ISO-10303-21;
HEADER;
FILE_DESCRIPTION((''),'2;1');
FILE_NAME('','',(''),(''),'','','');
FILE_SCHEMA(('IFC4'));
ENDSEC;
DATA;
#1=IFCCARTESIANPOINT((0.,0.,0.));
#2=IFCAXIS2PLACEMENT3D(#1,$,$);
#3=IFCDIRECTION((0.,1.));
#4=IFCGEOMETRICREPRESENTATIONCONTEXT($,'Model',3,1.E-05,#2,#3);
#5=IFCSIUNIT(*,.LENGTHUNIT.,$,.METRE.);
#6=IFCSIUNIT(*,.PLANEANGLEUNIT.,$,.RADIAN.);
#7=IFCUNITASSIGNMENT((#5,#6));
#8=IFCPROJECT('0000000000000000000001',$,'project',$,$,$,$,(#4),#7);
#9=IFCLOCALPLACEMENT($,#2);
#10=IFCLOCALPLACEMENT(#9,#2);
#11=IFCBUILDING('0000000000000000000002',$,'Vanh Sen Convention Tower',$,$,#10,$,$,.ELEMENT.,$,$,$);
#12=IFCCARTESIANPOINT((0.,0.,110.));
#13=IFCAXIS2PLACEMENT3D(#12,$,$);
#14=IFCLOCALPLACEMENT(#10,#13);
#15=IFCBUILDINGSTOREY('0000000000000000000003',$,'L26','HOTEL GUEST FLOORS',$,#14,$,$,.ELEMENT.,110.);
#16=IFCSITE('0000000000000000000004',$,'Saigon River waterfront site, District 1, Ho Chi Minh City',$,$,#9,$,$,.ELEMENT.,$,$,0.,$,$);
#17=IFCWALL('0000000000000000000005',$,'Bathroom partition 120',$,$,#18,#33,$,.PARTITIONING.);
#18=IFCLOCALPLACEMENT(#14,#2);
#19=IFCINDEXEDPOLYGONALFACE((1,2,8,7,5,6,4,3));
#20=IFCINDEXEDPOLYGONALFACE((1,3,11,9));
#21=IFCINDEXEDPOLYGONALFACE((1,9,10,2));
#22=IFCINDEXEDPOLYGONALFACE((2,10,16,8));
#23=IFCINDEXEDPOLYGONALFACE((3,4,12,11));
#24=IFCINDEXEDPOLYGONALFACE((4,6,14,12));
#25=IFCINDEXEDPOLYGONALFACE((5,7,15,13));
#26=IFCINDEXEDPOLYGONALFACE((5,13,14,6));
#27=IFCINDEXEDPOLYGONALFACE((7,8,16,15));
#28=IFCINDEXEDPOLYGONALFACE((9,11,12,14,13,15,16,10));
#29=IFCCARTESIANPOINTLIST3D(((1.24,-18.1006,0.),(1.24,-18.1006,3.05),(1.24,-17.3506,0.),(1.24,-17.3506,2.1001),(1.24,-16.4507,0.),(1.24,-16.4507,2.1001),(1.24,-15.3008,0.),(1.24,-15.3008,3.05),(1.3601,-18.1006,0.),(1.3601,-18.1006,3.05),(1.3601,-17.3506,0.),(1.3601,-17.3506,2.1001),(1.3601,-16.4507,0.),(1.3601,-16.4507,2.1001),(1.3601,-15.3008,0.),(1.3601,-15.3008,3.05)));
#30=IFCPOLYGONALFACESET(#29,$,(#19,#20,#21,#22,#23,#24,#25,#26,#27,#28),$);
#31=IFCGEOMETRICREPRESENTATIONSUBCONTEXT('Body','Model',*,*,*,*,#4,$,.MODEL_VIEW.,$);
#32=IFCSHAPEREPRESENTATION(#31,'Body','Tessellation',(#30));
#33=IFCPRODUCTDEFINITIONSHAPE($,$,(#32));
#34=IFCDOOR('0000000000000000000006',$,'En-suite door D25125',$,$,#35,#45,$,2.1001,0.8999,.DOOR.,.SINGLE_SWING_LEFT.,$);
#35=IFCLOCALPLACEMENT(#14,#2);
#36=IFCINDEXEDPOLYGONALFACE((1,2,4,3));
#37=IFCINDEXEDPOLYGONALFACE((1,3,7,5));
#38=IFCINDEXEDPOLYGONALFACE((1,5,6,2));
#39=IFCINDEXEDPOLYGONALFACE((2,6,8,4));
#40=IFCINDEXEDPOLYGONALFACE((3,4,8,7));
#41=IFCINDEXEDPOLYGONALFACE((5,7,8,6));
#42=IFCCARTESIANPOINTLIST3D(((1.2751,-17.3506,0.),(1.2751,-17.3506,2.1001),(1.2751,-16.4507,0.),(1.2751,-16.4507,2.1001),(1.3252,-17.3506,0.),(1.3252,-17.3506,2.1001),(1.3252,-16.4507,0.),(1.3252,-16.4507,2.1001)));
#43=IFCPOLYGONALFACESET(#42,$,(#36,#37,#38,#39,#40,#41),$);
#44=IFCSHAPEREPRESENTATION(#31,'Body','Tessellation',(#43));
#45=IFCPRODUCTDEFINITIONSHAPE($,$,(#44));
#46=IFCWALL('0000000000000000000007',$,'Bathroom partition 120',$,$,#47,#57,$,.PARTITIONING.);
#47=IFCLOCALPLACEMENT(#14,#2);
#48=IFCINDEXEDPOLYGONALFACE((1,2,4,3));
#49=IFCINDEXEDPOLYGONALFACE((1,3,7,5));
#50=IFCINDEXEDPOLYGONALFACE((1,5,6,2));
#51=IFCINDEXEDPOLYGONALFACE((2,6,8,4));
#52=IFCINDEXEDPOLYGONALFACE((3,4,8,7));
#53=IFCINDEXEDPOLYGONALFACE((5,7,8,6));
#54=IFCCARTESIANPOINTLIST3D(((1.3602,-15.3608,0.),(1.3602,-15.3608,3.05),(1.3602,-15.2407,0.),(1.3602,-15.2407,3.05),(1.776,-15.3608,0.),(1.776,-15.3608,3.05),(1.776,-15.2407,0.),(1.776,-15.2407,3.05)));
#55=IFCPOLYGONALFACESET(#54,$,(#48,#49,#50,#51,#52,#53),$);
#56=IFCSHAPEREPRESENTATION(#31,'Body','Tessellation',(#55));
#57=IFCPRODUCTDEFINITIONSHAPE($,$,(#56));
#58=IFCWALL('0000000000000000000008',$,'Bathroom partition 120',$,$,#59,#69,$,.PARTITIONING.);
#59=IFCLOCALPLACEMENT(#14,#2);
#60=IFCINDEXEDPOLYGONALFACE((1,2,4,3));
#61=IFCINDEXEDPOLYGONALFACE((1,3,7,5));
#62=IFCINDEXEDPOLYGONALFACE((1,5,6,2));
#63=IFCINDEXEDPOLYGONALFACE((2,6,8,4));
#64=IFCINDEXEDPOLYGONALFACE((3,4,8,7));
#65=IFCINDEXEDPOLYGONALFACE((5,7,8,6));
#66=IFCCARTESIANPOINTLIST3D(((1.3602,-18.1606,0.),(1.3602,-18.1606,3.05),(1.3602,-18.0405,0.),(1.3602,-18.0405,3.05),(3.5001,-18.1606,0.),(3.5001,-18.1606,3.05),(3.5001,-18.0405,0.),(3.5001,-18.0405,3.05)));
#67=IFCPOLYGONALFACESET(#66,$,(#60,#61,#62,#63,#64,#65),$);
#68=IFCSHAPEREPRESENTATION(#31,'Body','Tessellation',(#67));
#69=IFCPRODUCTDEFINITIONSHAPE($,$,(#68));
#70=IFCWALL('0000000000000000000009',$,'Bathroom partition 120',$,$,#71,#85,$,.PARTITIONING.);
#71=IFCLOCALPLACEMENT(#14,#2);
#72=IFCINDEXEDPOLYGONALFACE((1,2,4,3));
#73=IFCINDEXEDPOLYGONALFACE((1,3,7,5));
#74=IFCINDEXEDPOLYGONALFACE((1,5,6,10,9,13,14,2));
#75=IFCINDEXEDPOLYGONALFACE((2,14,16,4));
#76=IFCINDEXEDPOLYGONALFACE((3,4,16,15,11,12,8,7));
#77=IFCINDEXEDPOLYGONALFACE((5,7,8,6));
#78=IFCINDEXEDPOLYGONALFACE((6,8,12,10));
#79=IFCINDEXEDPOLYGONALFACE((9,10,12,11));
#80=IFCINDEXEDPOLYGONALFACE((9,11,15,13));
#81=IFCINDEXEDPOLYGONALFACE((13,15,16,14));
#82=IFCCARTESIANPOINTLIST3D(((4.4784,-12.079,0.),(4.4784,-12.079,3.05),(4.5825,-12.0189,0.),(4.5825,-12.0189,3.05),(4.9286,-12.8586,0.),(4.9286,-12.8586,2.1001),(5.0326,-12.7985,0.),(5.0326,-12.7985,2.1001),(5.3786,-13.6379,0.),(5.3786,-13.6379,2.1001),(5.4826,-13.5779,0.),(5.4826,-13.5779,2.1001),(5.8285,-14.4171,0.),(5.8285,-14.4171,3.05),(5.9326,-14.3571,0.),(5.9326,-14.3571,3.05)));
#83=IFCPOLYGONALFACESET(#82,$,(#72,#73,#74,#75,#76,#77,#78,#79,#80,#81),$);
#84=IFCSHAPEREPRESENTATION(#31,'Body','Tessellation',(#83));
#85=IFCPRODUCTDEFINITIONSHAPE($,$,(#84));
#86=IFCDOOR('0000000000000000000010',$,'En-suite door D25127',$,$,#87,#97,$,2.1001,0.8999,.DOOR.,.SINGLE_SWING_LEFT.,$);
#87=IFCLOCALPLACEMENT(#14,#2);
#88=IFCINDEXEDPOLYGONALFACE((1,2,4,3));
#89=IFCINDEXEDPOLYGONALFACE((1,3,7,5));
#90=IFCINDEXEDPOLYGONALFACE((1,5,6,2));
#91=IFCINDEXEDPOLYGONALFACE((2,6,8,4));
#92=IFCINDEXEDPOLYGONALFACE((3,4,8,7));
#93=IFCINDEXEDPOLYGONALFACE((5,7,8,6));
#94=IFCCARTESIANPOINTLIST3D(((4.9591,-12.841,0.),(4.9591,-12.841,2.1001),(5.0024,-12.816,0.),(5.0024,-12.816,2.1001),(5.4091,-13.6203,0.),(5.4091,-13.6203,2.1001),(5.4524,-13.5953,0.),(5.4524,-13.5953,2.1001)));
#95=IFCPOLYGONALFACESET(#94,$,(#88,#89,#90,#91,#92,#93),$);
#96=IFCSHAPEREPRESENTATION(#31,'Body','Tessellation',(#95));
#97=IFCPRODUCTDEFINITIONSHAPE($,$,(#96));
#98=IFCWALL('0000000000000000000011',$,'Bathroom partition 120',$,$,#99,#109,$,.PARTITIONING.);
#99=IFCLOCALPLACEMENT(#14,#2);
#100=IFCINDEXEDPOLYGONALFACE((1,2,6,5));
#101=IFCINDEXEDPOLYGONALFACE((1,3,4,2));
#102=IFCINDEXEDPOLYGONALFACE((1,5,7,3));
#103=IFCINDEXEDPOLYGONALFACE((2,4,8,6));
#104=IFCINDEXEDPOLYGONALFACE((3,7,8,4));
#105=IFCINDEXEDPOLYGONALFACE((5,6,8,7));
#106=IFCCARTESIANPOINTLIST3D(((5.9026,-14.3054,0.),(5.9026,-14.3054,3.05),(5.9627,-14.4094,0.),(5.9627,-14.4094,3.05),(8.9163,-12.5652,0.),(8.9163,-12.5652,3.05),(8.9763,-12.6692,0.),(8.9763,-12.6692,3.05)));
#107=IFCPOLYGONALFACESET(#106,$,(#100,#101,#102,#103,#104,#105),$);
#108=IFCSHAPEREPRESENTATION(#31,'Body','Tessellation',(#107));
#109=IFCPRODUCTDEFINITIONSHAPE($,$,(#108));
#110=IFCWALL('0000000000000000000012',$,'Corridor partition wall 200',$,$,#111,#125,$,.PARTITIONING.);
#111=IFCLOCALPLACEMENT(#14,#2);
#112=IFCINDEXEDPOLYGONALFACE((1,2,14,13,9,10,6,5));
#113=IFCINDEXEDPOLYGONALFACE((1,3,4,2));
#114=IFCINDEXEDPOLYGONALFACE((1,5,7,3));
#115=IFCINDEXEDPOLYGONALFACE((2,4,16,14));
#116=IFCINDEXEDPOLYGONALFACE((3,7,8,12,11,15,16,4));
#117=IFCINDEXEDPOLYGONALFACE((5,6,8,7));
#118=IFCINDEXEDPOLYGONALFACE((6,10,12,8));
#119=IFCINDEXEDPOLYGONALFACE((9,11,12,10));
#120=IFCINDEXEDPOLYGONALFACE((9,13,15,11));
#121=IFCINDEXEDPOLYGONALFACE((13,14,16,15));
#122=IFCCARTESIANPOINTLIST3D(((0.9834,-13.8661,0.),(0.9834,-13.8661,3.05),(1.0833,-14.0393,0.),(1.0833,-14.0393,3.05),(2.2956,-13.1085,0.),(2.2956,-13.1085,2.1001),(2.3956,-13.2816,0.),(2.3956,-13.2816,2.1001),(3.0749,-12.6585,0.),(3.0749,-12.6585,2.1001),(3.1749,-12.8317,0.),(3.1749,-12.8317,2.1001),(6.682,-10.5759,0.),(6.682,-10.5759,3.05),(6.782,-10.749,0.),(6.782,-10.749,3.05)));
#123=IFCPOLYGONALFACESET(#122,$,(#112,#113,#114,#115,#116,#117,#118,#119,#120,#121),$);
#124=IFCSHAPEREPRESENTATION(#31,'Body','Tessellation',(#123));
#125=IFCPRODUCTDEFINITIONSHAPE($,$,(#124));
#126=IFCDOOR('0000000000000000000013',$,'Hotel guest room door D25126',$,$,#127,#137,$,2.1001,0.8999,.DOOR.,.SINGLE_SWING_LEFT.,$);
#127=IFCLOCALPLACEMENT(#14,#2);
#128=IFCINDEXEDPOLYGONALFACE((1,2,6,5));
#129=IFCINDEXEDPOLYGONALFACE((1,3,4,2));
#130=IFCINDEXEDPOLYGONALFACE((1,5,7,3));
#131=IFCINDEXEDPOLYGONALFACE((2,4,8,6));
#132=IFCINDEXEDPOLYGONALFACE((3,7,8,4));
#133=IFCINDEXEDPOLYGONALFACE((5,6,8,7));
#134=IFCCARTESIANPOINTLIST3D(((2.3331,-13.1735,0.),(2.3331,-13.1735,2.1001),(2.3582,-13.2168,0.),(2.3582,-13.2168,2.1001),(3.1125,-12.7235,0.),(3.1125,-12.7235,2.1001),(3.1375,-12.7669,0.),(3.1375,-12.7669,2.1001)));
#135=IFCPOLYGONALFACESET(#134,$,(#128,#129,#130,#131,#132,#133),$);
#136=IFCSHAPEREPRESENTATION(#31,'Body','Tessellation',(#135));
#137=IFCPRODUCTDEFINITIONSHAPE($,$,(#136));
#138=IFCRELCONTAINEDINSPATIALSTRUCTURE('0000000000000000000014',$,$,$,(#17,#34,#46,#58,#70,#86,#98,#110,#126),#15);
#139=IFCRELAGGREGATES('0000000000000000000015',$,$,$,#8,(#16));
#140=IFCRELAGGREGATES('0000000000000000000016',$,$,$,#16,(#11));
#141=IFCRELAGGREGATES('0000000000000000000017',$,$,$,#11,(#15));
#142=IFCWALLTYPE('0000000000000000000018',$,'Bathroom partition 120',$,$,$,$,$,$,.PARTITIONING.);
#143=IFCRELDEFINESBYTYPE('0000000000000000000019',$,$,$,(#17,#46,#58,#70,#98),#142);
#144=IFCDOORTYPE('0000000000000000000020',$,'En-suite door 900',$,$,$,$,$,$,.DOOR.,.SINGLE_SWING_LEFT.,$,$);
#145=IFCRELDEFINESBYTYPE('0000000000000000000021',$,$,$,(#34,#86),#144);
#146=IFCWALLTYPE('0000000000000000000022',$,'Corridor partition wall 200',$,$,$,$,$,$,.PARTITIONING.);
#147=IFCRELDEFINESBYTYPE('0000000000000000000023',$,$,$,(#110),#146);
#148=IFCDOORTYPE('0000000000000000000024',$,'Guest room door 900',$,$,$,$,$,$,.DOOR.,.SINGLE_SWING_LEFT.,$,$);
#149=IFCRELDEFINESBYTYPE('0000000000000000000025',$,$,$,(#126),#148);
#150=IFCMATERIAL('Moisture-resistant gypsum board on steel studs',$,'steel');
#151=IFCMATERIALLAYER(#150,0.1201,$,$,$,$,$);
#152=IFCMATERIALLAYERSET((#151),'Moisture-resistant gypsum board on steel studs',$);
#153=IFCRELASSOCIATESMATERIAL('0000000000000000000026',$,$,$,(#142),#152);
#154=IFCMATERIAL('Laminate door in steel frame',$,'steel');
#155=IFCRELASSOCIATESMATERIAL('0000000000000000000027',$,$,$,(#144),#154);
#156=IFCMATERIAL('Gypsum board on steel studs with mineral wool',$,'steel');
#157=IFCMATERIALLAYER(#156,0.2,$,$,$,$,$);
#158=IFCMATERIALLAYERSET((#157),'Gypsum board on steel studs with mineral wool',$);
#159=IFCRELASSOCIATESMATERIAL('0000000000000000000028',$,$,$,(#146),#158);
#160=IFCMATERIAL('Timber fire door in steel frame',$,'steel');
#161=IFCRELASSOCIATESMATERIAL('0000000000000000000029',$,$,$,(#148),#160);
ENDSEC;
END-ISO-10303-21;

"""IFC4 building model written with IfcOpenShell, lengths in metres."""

from ifc_helpers import new_model, si_unit, direction, frame, frame_2d, origin, place, context, subcontext, project, spatial, rectangle, extrude, material, layer, layer_set, type_object, element, fill, save


model = new_model("IFC4")

# Units and contexts
model_context = context("Model", 3, precision=1e-05, world=origin(), true_north=direction((0.0, 1.0)))
body_context = subcontext(model_context, "Body", "Model", "MODEL_VIEW")
ifc_project = project(units=[si_unit("LENGTHUNIT", "METRE"), si_unit("PLANEANGLEUNIT", "RADIAN")], contexts=[model_context])

# Site, building, storey
site_placement = place(None, origin())
site = spatial("IfcSite", under=ifc_project, at=site_placement, Name="Saigon River waterfront site, District 1, Ho Chi Minh City", CompositionType="ELEMENT", RefElevation=0.0)
building_placement = place(site_placement, origin())
building = spatial("IfcBuilding", under=site, at=building_placement, Name="Vanh Sen Convention Tower", CompositionType="ELEMENT")
storey_placement = place(building_placement, frame((0.0, 0.0, 110.0)))
storey = spatial("IfcBuildingStorey", under=building, at=storey_placement, Name="L26", Description="HOTEL GUEST FLOORS", CompositionType="ELEMENT", Elevation=110.0)

# Wall, opening, door
ifc_material_1 = material(Name="Moisture-resistant gypsum board on steel studs", Category="steel")
ifc_layer_1 = layer(ifc_material_1, 0.1201)
ifc_layer_set_1 = layer_set([ifc_layer_1], Name="Moisture-resistant gypsum board on steel studs")
wall_type_1 = type_object("IfcWallType", Name="Bathroom partition 120", PredefinedType="PARTITIONING", material=ifc_layer_set_1)
wall_1_placement = place(storey_placement, frame((1.3, -18.1006, 0.0), z_axis=(0.0, 0.0, 1.0), x_axis=(0.0, 1.0, 0.0)))
wall_1 = element("IfcWall", 1, at=wall_1_placement, inside=storey, type_object=wall_type_1, Name="Bathroom partition 120", PredefinedType="PARTITIONING", context=body_context, shape_type="SweptSolid", body=[
    extrude(rectangle(XDim=2.7998, YDim=0.1201, at=frame_2d((1.3999, 0.0))), origin(), (0.0, 0.0, 1.0), 3.05),
])
opening_1_placement = place(wall_1_placement, frame((0.75, 0.0, 0.0)))
opening_1 = element("IfcOpeningElement", 2, at=opening_1_placement, cuts=wall_1, PredefinedType="OPENING", context=body_context, shape_type="SweptSolid", body=[
    extrude(rectangle(XDim=0.8999, YDim=2.1001, at=frame_2d((0.45, 1.05))), frame((0.0, 0.0701, 0.0), z_axis=(0.0, -1.0, 0.0), x_axis=(1.0, 0.0, 0.0)), (0.0, 0.0, 1.0), 0.1401),
])
ifc_material_2 = material(Name="Laminate door in steel frame", Category="steel")
door_type_1 = type_object("IfcDoorType", Name="En-suite door 900", OperationType="SINGLE_SWING_LEFT", PredefinedType="DOOR", material=ifc_material_2)
door_1_placement = place(opening_1_placement, origin())
door_1 = element("IfcDoor", 3, at=door_1_placement, inside=storey, type_object=door_type_1, Name="En-suite door D25125", OperationType="SINGLE_SWING_LEFT", OverallHeight=2.1001, OverallWidth=0.8999, PredefinedType="DOOR", context=body_context, shape_type="SweptSolid", body=[
    extrude(rectangle(XDim=0.8999, YDim=2.1001, at=frame_2d((0.45, 1.05))), frame((0.0, 0.0249, 0.0), z_axis=(0.0, -1.0, 0.0), x_axis=(1.0, 0.0, 0.0)), (0.0, 0.0, 1.0), 0.05),
])
fill(opening_1, door_1)

# Walls
wall_2_placement = place(storey_placement, frame((1.3601, -15.3008, 0.0), z_axis=(0.0, 0.0, 1.0), x_axis=(1.0, 0.0, 0.0)))
element("IfcWall", 4, at=wall_2_placement, inside=storey, type_object=wall_type_1, Name="Bathroom partition 120", PredefinedType="PARTITIONING", context=body_context, shape_type="SweptSolid", body=[
    extrude(rectangle(XDim=0.4158, YDim=0.1201, at=frame_2d((0.208, 0.0))), origin(), (0.0, 0.0, 1.0), 3.05),
])
wall_3_placement = place(storey_placement, frame((3.5, -18.1006, 0.0), z_axis=(0.0, 0.0, 1.0), x_axis=(-1.0, 0.0, 0.0)))
element("IfcWall", 5, at=wall_3_placement, inside=storey, type_object=wall_type_1, Name="Bathroom partition 120", PredefinedType="PARTITIONING", context=body_context, shape_type="SweptSolid", body=[
    extrude(rectangle(XDim=2.1399, YDim=0.1201, at=frame_2d((1.0698, 0.0))), origin(), (0.0, 0.0, 1.0), 3.05),
])

# Wall, opening, door
wall_4_placement = place(storey_placement, frame((5.8806, -14.3872, 0.0), z_axis=(0.0, 0.0, 1.0), x_axis=(-0.500049, 0.865997, 0.0)))
wall_4 = element("IfcWall", 6, at=wall_4_placement, inside=storey, type_object=wall_type_1, Name="Bathroom partition 120", PredefinedType="PARTITIONING", context=body_context, shape_type="SweptSolid", body=[
    extrude(rectangle(XDim=2.7, YDim=0.1201, at=frame_2d((1.3501, 0.0))), origin(), (0.0, 0.0, 1.0), 3.05),
])
opening_2_placement = place(wall_4_placement, frame((0.8999, 0.0, 0.0)))
opening_2 = element("IfcOpeningElement", 7, at=opening_2_placement, cuts=wall_4, PredefinedType="OPENING", context=body_context, shape_type="SweptSolid", body=[
    extrude(rectangle(XDim=0.8999, YDim=2.1001, at=frame_2d((0.45, 1.05))), frame((0.0, 0.0701, 0.0), z_axis=(0.0, -1.0, 0.0), x_axis=(1.0, 0.0, 0.0)), (0.0, 0.0, 1.0), 0.1401),
])
door_2_placement = place(opening_2_placement, origin())
door_2 = element("IfcDoor", 8, at=door_2_placement, inside=storey, type_object=door_type_1, Name="En-suite door D25127", OperationType="SINGLE_SWING_LEFT", OverallHeight=2.1001, OverallWidth=0.8999, PredefinedType="DOOR", context=body_context, shape_type="SweptSolid", body=[
    extrude(rectangle(XDim=0.8999, YDim=2.1001, at=frame_2d((0.45, 1.05))), frame((0.0, 0.0249, 0.0), z_axis=(0.0, -1.0, 0.0), x_axis=(1.0, 0.0, 0.0)), (0.0, 0.0, 1.0), 0.05),
])
fill(opening_2, door_2)

# Wall
wall_5_placement = place(storey_placement, frame((8.9463, -12.6172, 0.0), z_axis=(0.0, 0.0, 1.0), x_axis=(-0.865989, -0.500063, 0.0)))
element("IfcWall", 9, at=wall_5_placement, inside=storey, type_object=wall_type_1, Name="Bathroom partition 120", PredefinedType="PARTITIONING", context=body_context, shape_type="SweptSolid", body=[
    extrude(rectangle(XDim=3.48, YDim=0.1201, at=frame_2d((1.74, 0.0))), origin(), (0.0, 0.0, 1.0), 3.05),
])

# Wall, opening, door
ifc_material_3 = material(Name="Gypsum board on steel studs with mineral wool", Category="steel")
ifc_layer_2 = layer(ifc_material_3, 0.2)
ifc_layer_set_2 = layer_set([ifc_layer_2], Name="Gypsum board on steel studs with mineral wool")
wall_type_2 = type_object("IfcWallType", Name="Corridor partition wall 200", PredefinedType="PARTITIONING", material=ifc_layer_set_2)
wall_6_placement = place(storey_placement, frame((1.0334, -13.9526, 0.0), z_axis=(0.0, 0.0, 1.0), x_axis=(0.866018, 0.500014, 0.0)))
wall_6 = element("IfcWall", 10, at=wall_6_placement, inside=storey, type_object=wall_type_2, Name="Corridor partition wall 200", PredefinedType="PARTITIONING", context=body_context, shape_type="SweptSolid", body=[
    extrude(rectangle(XDim=6.5803, YDim=0.2, at=frame_2d((3.29, 0.0))), origin(), (0.0, 0.0, 1.0), 3.05),
])
opening_3_placement = place(wall_6_placement, frame((1.5151, 0.0, 0.0)))
opening_3 = element("IfcOpeningElement", 11, at=opening_3_placement, cuts=wall_6, PredefinedType="OPENING", context=body_context, shape_type="SweptSolid", body=[
    extrude(rectangle(XDim=0.8999, YDim=2.1001, at=frame_2d((0.45, 1.05))), frame((0.0, 0.1099, 0.0), z_axis=(0.0, -1.0, 0.0), x_axis=(1.0, 0.0, 0.0)), (0.0, 0.0, 1.0), 0.22),
])
ifc_material_4 = material(Name="Timber fire door in steel frame", Category="steel")
door_type_2 = type_object("IfcDoorType", Name="Guest room door 900", OperationType="SINGLE_SWING_LEFT", PredefinedType="DOOR", material=ifc_material_4)
door_3_placement = place(opening_3_placement, origin())
door_3 = element("IfcDoor", 12, at=door_3_placement, inside=storey, type_object=door_type_2, Name="Hotel guest room door D25126", OperationType="SINGLE_SWING_LEFT", OverallHeight=2.1001, OverallWidth=0.8999, PredefinedType="DOOR", context=body_context, shape_type="SweptSolid", body=[
    extrude(rectangle(XDim=0.8999, YDim=2.1001, at=frame_2d((0.45, 1.05))), frame((0.0, 0.0249, 0.0), z_axis=(0.0, -1.0, 0.0), x_axis=(1.0, 0.0, 0.0)), (0.0, 0.0, 1.0), 0.05),
])
fill(opening_3, door_3)

save(model, "model.ifc")
